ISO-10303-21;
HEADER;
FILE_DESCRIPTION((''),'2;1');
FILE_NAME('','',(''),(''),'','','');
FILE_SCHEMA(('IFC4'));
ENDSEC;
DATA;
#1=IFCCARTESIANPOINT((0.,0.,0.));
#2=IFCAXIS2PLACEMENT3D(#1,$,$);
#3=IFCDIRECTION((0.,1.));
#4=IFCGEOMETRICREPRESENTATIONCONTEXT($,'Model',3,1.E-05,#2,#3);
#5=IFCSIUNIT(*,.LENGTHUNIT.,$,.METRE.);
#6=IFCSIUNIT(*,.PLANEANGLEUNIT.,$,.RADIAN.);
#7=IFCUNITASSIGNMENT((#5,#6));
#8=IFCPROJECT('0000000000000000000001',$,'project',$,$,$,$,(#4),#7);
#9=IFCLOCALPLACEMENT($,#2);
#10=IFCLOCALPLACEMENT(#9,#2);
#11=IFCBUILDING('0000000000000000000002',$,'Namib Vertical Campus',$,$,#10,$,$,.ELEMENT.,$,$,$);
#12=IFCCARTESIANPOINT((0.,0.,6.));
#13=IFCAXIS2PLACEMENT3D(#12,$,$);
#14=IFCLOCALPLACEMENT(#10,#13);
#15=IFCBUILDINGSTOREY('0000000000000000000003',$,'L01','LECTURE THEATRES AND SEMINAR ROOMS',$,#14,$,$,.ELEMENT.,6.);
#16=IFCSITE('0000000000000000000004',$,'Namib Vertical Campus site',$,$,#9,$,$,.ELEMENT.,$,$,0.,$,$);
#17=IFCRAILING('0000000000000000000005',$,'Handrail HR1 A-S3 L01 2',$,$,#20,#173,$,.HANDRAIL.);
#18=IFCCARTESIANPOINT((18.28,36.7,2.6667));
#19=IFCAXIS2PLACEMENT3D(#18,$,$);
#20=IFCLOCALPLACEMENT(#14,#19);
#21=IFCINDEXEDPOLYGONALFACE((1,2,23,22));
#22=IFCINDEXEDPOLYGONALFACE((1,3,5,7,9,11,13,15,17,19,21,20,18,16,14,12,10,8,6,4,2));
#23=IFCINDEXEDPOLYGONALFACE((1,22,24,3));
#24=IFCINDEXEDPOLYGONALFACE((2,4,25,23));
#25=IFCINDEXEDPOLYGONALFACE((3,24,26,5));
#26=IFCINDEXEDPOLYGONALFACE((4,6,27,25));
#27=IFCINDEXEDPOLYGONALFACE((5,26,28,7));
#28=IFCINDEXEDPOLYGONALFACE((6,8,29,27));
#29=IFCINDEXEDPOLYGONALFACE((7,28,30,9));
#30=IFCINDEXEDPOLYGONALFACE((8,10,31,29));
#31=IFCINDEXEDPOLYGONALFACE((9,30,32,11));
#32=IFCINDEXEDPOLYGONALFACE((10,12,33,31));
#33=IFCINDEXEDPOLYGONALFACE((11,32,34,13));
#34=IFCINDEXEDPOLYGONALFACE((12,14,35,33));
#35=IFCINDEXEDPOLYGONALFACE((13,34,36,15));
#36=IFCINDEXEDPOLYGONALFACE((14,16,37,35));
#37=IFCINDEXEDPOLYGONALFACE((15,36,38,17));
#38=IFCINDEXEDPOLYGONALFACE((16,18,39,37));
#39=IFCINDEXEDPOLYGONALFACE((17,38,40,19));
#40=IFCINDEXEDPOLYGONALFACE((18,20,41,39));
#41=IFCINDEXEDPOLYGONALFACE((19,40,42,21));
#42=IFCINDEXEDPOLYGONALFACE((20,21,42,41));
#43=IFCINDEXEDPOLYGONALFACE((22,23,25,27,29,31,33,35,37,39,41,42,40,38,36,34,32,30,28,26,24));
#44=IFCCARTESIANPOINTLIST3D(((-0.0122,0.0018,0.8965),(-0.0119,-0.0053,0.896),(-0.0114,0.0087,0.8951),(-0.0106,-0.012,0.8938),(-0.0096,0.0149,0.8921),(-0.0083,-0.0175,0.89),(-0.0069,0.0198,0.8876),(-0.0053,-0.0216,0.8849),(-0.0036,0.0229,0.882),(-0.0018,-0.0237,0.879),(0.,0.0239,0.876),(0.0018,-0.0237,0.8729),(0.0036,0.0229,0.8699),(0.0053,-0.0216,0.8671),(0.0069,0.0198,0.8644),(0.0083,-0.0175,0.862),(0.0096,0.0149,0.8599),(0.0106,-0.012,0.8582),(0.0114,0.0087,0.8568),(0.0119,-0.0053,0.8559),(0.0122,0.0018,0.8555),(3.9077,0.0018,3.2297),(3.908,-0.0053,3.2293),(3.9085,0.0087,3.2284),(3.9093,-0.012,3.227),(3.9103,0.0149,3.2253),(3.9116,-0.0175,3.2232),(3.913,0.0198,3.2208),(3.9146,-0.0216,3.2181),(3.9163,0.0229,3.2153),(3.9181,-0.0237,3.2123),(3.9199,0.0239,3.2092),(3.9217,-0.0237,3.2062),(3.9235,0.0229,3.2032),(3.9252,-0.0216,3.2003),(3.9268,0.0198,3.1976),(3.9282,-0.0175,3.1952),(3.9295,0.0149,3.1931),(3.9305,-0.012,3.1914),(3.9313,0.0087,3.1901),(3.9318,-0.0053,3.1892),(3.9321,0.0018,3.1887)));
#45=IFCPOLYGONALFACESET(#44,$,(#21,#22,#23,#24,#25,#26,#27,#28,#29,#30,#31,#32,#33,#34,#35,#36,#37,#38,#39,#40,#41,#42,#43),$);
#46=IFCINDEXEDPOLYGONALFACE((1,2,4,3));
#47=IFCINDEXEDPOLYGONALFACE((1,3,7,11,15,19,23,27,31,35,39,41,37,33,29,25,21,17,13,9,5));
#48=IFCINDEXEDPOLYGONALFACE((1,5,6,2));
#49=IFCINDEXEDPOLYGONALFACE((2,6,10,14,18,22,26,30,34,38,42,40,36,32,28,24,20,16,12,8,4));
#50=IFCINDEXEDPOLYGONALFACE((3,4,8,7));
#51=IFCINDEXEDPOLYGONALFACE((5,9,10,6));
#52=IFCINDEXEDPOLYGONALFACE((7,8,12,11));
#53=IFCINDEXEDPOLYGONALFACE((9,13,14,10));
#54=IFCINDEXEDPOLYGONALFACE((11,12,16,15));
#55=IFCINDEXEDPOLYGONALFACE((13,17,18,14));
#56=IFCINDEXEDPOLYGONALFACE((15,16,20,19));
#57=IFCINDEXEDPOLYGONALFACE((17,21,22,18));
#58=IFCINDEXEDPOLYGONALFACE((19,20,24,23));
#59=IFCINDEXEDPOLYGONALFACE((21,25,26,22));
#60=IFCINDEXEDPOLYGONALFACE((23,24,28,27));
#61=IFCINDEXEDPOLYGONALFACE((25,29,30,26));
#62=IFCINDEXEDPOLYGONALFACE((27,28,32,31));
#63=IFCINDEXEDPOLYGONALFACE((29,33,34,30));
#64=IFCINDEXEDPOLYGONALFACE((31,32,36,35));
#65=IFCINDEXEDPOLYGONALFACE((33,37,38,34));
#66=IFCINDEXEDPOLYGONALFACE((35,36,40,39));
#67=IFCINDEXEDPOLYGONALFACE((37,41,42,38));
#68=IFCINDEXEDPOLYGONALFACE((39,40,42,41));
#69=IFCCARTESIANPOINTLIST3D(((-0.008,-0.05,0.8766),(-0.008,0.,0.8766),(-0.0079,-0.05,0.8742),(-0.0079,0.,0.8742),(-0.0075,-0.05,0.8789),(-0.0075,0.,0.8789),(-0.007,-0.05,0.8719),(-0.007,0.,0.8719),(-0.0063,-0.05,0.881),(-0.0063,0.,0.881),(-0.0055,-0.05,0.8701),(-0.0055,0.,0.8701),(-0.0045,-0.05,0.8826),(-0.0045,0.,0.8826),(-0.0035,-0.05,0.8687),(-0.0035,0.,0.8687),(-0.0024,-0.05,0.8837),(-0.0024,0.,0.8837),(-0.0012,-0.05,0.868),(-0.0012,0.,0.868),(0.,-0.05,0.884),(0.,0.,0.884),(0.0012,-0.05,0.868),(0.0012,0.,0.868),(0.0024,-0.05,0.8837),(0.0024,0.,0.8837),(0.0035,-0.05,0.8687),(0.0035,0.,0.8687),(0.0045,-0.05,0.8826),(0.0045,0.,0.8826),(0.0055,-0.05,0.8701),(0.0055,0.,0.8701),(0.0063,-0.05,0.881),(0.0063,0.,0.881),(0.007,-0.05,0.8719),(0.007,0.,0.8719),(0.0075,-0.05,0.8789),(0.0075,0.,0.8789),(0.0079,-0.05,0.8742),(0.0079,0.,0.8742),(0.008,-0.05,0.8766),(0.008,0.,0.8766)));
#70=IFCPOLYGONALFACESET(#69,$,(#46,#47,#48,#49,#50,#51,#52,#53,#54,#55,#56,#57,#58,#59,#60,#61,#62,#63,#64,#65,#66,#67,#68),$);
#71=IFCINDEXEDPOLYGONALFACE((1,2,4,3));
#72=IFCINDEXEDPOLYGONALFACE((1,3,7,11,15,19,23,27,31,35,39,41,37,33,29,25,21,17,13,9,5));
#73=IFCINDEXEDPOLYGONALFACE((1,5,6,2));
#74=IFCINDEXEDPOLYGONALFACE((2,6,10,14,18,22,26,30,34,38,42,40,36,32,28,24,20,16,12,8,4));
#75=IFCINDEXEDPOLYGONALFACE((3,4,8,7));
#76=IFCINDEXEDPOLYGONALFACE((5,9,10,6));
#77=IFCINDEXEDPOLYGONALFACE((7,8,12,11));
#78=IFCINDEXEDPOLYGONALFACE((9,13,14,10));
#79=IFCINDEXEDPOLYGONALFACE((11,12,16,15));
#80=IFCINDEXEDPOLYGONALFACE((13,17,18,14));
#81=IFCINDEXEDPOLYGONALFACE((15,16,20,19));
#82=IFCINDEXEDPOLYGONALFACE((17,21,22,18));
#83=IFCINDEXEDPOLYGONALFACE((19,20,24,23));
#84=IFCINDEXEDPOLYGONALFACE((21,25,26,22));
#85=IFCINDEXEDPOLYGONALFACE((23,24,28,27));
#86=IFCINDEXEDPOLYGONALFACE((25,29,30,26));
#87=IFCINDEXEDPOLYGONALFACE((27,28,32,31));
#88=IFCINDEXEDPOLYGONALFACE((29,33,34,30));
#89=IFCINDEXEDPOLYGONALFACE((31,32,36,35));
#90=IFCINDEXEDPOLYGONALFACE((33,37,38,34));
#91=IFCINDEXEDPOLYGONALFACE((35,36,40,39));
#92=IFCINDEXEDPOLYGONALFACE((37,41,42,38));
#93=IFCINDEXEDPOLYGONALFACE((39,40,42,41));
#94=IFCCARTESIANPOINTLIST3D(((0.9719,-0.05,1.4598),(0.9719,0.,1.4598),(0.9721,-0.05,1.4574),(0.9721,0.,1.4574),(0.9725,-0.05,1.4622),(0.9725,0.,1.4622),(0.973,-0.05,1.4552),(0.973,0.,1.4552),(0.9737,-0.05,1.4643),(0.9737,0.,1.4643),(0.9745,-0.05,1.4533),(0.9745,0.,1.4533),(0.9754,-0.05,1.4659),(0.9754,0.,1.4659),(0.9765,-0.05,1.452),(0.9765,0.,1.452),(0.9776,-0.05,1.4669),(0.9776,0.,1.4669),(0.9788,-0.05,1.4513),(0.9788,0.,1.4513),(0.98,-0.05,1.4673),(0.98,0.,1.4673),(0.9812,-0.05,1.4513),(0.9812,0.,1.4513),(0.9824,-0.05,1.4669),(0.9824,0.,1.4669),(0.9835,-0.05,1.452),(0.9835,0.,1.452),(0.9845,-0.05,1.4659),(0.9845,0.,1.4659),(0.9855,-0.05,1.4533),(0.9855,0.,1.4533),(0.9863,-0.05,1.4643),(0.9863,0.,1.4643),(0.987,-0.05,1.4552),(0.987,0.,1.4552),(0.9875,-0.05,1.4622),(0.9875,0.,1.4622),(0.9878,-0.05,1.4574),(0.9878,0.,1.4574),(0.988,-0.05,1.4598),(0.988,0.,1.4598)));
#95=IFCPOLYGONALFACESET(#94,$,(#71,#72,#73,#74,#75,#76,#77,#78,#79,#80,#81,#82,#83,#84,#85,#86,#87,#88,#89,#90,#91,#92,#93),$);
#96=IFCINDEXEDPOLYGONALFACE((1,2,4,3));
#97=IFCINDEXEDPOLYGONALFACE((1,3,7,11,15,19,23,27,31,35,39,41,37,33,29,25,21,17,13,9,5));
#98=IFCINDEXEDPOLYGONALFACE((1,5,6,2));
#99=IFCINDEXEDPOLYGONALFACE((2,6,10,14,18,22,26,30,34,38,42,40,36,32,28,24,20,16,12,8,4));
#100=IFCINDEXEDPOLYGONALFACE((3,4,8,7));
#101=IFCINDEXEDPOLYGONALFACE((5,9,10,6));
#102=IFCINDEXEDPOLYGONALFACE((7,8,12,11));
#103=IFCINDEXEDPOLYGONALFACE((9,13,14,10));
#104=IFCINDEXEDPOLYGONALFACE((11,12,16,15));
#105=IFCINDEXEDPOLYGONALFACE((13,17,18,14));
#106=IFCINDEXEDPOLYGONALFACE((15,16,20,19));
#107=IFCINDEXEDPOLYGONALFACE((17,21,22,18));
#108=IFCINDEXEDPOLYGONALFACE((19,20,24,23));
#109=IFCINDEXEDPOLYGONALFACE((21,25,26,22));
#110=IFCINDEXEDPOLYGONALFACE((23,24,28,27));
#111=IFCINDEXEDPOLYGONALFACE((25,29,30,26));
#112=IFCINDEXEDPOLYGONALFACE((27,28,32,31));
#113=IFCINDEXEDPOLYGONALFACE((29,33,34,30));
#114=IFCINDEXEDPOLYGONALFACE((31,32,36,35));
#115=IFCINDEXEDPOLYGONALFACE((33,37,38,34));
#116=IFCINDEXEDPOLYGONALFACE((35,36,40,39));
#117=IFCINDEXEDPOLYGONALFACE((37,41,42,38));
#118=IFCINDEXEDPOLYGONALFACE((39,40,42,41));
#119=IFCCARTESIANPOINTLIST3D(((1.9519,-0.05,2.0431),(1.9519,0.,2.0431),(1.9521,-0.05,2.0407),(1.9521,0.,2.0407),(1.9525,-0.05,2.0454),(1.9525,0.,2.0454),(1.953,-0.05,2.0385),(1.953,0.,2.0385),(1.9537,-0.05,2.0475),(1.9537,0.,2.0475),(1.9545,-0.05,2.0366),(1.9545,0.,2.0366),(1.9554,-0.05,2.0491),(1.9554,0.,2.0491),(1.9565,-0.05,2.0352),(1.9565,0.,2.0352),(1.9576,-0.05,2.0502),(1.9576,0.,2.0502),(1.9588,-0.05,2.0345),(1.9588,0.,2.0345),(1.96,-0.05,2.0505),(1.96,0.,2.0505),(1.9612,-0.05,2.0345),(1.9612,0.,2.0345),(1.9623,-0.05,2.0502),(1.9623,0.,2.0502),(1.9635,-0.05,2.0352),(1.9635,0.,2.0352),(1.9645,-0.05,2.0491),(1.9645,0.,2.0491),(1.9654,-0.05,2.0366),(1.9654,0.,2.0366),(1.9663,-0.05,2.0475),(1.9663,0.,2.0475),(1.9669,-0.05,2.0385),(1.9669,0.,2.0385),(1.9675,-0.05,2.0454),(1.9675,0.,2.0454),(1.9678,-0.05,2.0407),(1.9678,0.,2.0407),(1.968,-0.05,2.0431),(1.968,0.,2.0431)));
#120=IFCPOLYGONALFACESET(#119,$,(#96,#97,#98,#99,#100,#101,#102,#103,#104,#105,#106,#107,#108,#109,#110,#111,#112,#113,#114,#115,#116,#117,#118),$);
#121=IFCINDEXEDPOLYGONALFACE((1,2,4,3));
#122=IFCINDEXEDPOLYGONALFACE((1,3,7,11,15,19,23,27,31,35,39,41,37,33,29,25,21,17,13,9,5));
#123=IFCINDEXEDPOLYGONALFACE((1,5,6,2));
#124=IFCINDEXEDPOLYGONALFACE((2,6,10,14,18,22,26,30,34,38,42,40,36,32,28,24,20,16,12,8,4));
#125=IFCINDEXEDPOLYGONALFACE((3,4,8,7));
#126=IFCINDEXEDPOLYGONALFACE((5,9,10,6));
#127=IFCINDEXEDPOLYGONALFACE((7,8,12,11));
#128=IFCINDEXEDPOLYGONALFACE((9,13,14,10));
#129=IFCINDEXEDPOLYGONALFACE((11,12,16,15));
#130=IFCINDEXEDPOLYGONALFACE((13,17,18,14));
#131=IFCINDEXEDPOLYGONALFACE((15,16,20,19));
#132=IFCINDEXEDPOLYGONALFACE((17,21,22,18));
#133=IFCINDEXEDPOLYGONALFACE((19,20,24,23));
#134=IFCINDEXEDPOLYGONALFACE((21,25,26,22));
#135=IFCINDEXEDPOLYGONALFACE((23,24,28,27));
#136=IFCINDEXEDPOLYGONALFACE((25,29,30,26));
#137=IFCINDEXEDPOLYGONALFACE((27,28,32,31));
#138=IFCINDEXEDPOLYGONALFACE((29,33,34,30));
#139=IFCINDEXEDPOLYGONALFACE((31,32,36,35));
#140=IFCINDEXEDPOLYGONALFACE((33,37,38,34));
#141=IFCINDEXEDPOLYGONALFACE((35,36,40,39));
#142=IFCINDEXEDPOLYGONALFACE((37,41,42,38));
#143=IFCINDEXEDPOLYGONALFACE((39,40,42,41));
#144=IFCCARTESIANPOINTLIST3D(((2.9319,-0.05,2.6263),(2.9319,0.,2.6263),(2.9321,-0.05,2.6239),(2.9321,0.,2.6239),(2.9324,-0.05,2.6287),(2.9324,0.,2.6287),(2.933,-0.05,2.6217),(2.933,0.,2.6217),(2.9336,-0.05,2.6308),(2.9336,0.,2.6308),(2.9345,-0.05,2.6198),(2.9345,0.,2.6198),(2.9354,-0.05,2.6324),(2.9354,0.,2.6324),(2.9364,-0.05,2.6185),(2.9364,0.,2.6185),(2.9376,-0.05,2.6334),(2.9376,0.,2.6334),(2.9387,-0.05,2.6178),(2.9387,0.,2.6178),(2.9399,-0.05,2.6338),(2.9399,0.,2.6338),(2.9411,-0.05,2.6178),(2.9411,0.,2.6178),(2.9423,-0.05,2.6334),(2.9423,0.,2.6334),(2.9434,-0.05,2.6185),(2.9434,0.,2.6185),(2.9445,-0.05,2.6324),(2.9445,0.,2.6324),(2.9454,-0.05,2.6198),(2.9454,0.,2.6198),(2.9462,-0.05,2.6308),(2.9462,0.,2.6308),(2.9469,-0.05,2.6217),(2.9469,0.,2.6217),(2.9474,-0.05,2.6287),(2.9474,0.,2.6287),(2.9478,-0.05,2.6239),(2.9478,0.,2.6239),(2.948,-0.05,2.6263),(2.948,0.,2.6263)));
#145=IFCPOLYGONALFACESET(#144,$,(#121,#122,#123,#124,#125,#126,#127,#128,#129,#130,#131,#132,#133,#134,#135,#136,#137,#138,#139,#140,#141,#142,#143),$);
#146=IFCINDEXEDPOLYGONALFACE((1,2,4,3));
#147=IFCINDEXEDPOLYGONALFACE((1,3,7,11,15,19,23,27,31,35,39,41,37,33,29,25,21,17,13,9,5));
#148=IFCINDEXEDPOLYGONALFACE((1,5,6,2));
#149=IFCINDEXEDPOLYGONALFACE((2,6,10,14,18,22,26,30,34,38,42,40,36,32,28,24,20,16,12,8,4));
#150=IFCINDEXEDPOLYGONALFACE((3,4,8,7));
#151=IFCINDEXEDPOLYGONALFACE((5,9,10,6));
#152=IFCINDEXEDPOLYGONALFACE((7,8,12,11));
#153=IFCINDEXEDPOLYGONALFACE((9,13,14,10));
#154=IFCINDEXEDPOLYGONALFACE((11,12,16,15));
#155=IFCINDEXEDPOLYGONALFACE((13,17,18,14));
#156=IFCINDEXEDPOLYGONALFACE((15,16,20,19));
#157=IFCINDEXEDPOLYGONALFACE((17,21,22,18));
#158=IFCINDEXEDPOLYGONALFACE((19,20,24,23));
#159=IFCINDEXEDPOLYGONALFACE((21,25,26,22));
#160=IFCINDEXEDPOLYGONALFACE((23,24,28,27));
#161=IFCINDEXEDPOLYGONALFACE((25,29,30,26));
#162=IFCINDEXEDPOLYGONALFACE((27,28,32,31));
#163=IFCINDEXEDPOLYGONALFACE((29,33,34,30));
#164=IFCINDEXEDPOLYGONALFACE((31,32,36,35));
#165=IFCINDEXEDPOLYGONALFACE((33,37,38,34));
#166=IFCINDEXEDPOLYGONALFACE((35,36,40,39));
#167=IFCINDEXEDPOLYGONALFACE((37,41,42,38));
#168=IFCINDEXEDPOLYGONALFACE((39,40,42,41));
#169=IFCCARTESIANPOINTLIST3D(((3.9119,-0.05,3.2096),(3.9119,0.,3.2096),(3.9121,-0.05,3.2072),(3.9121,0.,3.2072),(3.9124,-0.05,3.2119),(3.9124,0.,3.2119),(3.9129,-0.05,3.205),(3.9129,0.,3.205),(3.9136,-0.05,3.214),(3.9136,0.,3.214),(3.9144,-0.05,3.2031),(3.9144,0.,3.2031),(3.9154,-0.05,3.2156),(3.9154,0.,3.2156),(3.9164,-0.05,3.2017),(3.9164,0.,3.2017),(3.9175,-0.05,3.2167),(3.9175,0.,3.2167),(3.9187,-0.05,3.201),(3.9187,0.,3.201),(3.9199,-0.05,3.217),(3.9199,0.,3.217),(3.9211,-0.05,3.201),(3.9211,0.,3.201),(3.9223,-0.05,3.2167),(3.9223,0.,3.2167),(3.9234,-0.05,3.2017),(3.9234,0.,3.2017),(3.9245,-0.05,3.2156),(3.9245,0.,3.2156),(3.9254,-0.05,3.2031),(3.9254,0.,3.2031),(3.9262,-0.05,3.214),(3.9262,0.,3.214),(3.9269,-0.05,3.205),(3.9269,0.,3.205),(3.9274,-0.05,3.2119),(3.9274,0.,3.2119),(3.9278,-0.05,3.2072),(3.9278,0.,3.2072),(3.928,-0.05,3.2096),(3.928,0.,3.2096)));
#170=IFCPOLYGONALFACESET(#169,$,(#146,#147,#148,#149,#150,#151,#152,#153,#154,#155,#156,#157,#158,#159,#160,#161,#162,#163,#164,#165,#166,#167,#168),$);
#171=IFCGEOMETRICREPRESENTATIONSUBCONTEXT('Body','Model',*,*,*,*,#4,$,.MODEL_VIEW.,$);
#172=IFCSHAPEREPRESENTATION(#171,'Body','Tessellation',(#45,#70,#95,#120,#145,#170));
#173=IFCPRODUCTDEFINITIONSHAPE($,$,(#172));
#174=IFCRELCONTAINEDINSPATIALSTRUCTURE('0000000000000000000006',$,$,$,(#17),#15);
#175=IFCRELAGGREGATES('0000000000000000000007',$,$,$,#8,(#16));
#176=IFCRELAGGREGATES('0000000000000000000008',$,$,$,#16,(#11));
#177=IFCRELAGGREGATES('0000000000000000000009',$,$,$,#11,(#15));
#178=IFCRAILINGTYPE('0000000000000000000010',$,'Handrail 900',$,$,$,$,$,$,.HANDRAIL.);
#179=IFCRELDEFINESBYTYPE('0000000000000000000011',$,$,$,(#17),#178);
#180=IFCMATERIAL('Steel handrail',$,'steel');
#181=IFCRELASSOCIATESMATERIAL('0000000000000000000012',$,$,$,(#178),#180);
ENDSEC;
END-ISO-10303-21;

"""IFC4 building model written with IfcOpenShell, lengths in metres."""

from ifc_helpers import new_model, si_unit, direction, frame, origin, origin_2d, place, context, subcontext, project, spatial, circle, extrude, material, type_object, element, save


model = new_model("IFC4")

# Units and contexts
model_context = context("Model", 3, precision=1e-05, world=origin(), true_north=direction((0.0, 1.0)))
body_context = subcontext(model_context, "Body", "Model", "MODEL_VIEW")
ifc_project = project(units=[si_unit("LENGTHUNIT", "METRE"), si_unit("PLANEANGLEUNIT", "RADIAN")], contexts=[model_context])

# Site, building, storey
site_placement = place(None, origin())
site = spatial("IfcSite", under=ifc_project, at=site_placement, Name="Namib Vertical Campus site", CompositionType="ELEMENT", RefElevation=0.0)
building_placement = place(site_placement, origin())
building = spatial("IfcBuilding", under=site, at=building_placement, Name="Namib Vertical Campus", CompositionType="ELEMENT")
storey_placement = place(building_placement, frame((0.0, 0.0, 6.0)))
storey = spatial("IfcBuildingStorey", under=building, at=storey_placement, Name="L01", Description="LECTURE THEATRES AND SEMINAR ROOMS", CompositionType="ELEMENT", Elevation=6.0)

# Railing
ifc_material_1 = material(Name="Steel handrail", Category="steel")
railing_type_1 = type_object("IfcRailingType", Name="Handrail 900", PredefinedType="HANDRAIL", material=ifc_material_1)
railing_1_placement = place(storey_placement, frame((18.28, 36.7, 2.6667)))
element("IfcRailing", 1, at=railing_1_placement, inside=storey, type_object=railing_type_1, Name="Handrail HR1 A-S3 L01 2", PredefinedType="HANDRAIL", context=body_context, shape_type="SweptSolid", body=[
    extrude(circle(Radius=0.0239, at=origin_2d()), frame((0.0, 0.0, 0.876), z_axis=(0.859296, 0.0, 0.511478), x_axis=(0.0, 1.0, 0.0)), (0.0, 0.0, 1.0), 4.5618),
    extrude(circle(Radius=0.0081, at=origin_2d()), frame((0.0, 0.0, 0.876), z_axis=(0.0, -1.0, 0.0), x_axis=(0.0, 0.0, 1.0)), (0.0, 0.0, 1.0), 0.05),
    extrude(circle(Radius=0.0081, at=origin_2d()), frame((0.98, 0.0, 1.4592), z_axis=(0.0, -1.0, 0.0), x_axis=(0.0, 0.0, 1.0)), (0.0, 0.0, 1.0), 0.05),
    extrude(circle(Radius=0.0081, at=origin_2d()), frame((1.96, 0.0, 2.0425), z_axis=(0.0, -1.0, 0.0), x_axis=(0.0, 0.0, 1.0)), (0.0, 0.0, 1.0), 0.05),
    extrude(circle(Radius=0.0081, at=origin_2d()), frame((2.9399, 0.0, 2.6257), z_axis=(0.0, -1.0, 0.0), x_axis=(0.0, 0.0, 1.0)), (0.0, 0.0, 1.0), 0.05),
    extrude(circle(Radius=0.0081, at=origin_2d()), frame((3.9199, 0.0, 3.209), z_axis=(0.0, -1.0, 0.0), x_axis=(0.0, 0.0, 1.0)), (0.0, 0.0, 1.0), 0.05),
])

save(model, "model.ifc")
